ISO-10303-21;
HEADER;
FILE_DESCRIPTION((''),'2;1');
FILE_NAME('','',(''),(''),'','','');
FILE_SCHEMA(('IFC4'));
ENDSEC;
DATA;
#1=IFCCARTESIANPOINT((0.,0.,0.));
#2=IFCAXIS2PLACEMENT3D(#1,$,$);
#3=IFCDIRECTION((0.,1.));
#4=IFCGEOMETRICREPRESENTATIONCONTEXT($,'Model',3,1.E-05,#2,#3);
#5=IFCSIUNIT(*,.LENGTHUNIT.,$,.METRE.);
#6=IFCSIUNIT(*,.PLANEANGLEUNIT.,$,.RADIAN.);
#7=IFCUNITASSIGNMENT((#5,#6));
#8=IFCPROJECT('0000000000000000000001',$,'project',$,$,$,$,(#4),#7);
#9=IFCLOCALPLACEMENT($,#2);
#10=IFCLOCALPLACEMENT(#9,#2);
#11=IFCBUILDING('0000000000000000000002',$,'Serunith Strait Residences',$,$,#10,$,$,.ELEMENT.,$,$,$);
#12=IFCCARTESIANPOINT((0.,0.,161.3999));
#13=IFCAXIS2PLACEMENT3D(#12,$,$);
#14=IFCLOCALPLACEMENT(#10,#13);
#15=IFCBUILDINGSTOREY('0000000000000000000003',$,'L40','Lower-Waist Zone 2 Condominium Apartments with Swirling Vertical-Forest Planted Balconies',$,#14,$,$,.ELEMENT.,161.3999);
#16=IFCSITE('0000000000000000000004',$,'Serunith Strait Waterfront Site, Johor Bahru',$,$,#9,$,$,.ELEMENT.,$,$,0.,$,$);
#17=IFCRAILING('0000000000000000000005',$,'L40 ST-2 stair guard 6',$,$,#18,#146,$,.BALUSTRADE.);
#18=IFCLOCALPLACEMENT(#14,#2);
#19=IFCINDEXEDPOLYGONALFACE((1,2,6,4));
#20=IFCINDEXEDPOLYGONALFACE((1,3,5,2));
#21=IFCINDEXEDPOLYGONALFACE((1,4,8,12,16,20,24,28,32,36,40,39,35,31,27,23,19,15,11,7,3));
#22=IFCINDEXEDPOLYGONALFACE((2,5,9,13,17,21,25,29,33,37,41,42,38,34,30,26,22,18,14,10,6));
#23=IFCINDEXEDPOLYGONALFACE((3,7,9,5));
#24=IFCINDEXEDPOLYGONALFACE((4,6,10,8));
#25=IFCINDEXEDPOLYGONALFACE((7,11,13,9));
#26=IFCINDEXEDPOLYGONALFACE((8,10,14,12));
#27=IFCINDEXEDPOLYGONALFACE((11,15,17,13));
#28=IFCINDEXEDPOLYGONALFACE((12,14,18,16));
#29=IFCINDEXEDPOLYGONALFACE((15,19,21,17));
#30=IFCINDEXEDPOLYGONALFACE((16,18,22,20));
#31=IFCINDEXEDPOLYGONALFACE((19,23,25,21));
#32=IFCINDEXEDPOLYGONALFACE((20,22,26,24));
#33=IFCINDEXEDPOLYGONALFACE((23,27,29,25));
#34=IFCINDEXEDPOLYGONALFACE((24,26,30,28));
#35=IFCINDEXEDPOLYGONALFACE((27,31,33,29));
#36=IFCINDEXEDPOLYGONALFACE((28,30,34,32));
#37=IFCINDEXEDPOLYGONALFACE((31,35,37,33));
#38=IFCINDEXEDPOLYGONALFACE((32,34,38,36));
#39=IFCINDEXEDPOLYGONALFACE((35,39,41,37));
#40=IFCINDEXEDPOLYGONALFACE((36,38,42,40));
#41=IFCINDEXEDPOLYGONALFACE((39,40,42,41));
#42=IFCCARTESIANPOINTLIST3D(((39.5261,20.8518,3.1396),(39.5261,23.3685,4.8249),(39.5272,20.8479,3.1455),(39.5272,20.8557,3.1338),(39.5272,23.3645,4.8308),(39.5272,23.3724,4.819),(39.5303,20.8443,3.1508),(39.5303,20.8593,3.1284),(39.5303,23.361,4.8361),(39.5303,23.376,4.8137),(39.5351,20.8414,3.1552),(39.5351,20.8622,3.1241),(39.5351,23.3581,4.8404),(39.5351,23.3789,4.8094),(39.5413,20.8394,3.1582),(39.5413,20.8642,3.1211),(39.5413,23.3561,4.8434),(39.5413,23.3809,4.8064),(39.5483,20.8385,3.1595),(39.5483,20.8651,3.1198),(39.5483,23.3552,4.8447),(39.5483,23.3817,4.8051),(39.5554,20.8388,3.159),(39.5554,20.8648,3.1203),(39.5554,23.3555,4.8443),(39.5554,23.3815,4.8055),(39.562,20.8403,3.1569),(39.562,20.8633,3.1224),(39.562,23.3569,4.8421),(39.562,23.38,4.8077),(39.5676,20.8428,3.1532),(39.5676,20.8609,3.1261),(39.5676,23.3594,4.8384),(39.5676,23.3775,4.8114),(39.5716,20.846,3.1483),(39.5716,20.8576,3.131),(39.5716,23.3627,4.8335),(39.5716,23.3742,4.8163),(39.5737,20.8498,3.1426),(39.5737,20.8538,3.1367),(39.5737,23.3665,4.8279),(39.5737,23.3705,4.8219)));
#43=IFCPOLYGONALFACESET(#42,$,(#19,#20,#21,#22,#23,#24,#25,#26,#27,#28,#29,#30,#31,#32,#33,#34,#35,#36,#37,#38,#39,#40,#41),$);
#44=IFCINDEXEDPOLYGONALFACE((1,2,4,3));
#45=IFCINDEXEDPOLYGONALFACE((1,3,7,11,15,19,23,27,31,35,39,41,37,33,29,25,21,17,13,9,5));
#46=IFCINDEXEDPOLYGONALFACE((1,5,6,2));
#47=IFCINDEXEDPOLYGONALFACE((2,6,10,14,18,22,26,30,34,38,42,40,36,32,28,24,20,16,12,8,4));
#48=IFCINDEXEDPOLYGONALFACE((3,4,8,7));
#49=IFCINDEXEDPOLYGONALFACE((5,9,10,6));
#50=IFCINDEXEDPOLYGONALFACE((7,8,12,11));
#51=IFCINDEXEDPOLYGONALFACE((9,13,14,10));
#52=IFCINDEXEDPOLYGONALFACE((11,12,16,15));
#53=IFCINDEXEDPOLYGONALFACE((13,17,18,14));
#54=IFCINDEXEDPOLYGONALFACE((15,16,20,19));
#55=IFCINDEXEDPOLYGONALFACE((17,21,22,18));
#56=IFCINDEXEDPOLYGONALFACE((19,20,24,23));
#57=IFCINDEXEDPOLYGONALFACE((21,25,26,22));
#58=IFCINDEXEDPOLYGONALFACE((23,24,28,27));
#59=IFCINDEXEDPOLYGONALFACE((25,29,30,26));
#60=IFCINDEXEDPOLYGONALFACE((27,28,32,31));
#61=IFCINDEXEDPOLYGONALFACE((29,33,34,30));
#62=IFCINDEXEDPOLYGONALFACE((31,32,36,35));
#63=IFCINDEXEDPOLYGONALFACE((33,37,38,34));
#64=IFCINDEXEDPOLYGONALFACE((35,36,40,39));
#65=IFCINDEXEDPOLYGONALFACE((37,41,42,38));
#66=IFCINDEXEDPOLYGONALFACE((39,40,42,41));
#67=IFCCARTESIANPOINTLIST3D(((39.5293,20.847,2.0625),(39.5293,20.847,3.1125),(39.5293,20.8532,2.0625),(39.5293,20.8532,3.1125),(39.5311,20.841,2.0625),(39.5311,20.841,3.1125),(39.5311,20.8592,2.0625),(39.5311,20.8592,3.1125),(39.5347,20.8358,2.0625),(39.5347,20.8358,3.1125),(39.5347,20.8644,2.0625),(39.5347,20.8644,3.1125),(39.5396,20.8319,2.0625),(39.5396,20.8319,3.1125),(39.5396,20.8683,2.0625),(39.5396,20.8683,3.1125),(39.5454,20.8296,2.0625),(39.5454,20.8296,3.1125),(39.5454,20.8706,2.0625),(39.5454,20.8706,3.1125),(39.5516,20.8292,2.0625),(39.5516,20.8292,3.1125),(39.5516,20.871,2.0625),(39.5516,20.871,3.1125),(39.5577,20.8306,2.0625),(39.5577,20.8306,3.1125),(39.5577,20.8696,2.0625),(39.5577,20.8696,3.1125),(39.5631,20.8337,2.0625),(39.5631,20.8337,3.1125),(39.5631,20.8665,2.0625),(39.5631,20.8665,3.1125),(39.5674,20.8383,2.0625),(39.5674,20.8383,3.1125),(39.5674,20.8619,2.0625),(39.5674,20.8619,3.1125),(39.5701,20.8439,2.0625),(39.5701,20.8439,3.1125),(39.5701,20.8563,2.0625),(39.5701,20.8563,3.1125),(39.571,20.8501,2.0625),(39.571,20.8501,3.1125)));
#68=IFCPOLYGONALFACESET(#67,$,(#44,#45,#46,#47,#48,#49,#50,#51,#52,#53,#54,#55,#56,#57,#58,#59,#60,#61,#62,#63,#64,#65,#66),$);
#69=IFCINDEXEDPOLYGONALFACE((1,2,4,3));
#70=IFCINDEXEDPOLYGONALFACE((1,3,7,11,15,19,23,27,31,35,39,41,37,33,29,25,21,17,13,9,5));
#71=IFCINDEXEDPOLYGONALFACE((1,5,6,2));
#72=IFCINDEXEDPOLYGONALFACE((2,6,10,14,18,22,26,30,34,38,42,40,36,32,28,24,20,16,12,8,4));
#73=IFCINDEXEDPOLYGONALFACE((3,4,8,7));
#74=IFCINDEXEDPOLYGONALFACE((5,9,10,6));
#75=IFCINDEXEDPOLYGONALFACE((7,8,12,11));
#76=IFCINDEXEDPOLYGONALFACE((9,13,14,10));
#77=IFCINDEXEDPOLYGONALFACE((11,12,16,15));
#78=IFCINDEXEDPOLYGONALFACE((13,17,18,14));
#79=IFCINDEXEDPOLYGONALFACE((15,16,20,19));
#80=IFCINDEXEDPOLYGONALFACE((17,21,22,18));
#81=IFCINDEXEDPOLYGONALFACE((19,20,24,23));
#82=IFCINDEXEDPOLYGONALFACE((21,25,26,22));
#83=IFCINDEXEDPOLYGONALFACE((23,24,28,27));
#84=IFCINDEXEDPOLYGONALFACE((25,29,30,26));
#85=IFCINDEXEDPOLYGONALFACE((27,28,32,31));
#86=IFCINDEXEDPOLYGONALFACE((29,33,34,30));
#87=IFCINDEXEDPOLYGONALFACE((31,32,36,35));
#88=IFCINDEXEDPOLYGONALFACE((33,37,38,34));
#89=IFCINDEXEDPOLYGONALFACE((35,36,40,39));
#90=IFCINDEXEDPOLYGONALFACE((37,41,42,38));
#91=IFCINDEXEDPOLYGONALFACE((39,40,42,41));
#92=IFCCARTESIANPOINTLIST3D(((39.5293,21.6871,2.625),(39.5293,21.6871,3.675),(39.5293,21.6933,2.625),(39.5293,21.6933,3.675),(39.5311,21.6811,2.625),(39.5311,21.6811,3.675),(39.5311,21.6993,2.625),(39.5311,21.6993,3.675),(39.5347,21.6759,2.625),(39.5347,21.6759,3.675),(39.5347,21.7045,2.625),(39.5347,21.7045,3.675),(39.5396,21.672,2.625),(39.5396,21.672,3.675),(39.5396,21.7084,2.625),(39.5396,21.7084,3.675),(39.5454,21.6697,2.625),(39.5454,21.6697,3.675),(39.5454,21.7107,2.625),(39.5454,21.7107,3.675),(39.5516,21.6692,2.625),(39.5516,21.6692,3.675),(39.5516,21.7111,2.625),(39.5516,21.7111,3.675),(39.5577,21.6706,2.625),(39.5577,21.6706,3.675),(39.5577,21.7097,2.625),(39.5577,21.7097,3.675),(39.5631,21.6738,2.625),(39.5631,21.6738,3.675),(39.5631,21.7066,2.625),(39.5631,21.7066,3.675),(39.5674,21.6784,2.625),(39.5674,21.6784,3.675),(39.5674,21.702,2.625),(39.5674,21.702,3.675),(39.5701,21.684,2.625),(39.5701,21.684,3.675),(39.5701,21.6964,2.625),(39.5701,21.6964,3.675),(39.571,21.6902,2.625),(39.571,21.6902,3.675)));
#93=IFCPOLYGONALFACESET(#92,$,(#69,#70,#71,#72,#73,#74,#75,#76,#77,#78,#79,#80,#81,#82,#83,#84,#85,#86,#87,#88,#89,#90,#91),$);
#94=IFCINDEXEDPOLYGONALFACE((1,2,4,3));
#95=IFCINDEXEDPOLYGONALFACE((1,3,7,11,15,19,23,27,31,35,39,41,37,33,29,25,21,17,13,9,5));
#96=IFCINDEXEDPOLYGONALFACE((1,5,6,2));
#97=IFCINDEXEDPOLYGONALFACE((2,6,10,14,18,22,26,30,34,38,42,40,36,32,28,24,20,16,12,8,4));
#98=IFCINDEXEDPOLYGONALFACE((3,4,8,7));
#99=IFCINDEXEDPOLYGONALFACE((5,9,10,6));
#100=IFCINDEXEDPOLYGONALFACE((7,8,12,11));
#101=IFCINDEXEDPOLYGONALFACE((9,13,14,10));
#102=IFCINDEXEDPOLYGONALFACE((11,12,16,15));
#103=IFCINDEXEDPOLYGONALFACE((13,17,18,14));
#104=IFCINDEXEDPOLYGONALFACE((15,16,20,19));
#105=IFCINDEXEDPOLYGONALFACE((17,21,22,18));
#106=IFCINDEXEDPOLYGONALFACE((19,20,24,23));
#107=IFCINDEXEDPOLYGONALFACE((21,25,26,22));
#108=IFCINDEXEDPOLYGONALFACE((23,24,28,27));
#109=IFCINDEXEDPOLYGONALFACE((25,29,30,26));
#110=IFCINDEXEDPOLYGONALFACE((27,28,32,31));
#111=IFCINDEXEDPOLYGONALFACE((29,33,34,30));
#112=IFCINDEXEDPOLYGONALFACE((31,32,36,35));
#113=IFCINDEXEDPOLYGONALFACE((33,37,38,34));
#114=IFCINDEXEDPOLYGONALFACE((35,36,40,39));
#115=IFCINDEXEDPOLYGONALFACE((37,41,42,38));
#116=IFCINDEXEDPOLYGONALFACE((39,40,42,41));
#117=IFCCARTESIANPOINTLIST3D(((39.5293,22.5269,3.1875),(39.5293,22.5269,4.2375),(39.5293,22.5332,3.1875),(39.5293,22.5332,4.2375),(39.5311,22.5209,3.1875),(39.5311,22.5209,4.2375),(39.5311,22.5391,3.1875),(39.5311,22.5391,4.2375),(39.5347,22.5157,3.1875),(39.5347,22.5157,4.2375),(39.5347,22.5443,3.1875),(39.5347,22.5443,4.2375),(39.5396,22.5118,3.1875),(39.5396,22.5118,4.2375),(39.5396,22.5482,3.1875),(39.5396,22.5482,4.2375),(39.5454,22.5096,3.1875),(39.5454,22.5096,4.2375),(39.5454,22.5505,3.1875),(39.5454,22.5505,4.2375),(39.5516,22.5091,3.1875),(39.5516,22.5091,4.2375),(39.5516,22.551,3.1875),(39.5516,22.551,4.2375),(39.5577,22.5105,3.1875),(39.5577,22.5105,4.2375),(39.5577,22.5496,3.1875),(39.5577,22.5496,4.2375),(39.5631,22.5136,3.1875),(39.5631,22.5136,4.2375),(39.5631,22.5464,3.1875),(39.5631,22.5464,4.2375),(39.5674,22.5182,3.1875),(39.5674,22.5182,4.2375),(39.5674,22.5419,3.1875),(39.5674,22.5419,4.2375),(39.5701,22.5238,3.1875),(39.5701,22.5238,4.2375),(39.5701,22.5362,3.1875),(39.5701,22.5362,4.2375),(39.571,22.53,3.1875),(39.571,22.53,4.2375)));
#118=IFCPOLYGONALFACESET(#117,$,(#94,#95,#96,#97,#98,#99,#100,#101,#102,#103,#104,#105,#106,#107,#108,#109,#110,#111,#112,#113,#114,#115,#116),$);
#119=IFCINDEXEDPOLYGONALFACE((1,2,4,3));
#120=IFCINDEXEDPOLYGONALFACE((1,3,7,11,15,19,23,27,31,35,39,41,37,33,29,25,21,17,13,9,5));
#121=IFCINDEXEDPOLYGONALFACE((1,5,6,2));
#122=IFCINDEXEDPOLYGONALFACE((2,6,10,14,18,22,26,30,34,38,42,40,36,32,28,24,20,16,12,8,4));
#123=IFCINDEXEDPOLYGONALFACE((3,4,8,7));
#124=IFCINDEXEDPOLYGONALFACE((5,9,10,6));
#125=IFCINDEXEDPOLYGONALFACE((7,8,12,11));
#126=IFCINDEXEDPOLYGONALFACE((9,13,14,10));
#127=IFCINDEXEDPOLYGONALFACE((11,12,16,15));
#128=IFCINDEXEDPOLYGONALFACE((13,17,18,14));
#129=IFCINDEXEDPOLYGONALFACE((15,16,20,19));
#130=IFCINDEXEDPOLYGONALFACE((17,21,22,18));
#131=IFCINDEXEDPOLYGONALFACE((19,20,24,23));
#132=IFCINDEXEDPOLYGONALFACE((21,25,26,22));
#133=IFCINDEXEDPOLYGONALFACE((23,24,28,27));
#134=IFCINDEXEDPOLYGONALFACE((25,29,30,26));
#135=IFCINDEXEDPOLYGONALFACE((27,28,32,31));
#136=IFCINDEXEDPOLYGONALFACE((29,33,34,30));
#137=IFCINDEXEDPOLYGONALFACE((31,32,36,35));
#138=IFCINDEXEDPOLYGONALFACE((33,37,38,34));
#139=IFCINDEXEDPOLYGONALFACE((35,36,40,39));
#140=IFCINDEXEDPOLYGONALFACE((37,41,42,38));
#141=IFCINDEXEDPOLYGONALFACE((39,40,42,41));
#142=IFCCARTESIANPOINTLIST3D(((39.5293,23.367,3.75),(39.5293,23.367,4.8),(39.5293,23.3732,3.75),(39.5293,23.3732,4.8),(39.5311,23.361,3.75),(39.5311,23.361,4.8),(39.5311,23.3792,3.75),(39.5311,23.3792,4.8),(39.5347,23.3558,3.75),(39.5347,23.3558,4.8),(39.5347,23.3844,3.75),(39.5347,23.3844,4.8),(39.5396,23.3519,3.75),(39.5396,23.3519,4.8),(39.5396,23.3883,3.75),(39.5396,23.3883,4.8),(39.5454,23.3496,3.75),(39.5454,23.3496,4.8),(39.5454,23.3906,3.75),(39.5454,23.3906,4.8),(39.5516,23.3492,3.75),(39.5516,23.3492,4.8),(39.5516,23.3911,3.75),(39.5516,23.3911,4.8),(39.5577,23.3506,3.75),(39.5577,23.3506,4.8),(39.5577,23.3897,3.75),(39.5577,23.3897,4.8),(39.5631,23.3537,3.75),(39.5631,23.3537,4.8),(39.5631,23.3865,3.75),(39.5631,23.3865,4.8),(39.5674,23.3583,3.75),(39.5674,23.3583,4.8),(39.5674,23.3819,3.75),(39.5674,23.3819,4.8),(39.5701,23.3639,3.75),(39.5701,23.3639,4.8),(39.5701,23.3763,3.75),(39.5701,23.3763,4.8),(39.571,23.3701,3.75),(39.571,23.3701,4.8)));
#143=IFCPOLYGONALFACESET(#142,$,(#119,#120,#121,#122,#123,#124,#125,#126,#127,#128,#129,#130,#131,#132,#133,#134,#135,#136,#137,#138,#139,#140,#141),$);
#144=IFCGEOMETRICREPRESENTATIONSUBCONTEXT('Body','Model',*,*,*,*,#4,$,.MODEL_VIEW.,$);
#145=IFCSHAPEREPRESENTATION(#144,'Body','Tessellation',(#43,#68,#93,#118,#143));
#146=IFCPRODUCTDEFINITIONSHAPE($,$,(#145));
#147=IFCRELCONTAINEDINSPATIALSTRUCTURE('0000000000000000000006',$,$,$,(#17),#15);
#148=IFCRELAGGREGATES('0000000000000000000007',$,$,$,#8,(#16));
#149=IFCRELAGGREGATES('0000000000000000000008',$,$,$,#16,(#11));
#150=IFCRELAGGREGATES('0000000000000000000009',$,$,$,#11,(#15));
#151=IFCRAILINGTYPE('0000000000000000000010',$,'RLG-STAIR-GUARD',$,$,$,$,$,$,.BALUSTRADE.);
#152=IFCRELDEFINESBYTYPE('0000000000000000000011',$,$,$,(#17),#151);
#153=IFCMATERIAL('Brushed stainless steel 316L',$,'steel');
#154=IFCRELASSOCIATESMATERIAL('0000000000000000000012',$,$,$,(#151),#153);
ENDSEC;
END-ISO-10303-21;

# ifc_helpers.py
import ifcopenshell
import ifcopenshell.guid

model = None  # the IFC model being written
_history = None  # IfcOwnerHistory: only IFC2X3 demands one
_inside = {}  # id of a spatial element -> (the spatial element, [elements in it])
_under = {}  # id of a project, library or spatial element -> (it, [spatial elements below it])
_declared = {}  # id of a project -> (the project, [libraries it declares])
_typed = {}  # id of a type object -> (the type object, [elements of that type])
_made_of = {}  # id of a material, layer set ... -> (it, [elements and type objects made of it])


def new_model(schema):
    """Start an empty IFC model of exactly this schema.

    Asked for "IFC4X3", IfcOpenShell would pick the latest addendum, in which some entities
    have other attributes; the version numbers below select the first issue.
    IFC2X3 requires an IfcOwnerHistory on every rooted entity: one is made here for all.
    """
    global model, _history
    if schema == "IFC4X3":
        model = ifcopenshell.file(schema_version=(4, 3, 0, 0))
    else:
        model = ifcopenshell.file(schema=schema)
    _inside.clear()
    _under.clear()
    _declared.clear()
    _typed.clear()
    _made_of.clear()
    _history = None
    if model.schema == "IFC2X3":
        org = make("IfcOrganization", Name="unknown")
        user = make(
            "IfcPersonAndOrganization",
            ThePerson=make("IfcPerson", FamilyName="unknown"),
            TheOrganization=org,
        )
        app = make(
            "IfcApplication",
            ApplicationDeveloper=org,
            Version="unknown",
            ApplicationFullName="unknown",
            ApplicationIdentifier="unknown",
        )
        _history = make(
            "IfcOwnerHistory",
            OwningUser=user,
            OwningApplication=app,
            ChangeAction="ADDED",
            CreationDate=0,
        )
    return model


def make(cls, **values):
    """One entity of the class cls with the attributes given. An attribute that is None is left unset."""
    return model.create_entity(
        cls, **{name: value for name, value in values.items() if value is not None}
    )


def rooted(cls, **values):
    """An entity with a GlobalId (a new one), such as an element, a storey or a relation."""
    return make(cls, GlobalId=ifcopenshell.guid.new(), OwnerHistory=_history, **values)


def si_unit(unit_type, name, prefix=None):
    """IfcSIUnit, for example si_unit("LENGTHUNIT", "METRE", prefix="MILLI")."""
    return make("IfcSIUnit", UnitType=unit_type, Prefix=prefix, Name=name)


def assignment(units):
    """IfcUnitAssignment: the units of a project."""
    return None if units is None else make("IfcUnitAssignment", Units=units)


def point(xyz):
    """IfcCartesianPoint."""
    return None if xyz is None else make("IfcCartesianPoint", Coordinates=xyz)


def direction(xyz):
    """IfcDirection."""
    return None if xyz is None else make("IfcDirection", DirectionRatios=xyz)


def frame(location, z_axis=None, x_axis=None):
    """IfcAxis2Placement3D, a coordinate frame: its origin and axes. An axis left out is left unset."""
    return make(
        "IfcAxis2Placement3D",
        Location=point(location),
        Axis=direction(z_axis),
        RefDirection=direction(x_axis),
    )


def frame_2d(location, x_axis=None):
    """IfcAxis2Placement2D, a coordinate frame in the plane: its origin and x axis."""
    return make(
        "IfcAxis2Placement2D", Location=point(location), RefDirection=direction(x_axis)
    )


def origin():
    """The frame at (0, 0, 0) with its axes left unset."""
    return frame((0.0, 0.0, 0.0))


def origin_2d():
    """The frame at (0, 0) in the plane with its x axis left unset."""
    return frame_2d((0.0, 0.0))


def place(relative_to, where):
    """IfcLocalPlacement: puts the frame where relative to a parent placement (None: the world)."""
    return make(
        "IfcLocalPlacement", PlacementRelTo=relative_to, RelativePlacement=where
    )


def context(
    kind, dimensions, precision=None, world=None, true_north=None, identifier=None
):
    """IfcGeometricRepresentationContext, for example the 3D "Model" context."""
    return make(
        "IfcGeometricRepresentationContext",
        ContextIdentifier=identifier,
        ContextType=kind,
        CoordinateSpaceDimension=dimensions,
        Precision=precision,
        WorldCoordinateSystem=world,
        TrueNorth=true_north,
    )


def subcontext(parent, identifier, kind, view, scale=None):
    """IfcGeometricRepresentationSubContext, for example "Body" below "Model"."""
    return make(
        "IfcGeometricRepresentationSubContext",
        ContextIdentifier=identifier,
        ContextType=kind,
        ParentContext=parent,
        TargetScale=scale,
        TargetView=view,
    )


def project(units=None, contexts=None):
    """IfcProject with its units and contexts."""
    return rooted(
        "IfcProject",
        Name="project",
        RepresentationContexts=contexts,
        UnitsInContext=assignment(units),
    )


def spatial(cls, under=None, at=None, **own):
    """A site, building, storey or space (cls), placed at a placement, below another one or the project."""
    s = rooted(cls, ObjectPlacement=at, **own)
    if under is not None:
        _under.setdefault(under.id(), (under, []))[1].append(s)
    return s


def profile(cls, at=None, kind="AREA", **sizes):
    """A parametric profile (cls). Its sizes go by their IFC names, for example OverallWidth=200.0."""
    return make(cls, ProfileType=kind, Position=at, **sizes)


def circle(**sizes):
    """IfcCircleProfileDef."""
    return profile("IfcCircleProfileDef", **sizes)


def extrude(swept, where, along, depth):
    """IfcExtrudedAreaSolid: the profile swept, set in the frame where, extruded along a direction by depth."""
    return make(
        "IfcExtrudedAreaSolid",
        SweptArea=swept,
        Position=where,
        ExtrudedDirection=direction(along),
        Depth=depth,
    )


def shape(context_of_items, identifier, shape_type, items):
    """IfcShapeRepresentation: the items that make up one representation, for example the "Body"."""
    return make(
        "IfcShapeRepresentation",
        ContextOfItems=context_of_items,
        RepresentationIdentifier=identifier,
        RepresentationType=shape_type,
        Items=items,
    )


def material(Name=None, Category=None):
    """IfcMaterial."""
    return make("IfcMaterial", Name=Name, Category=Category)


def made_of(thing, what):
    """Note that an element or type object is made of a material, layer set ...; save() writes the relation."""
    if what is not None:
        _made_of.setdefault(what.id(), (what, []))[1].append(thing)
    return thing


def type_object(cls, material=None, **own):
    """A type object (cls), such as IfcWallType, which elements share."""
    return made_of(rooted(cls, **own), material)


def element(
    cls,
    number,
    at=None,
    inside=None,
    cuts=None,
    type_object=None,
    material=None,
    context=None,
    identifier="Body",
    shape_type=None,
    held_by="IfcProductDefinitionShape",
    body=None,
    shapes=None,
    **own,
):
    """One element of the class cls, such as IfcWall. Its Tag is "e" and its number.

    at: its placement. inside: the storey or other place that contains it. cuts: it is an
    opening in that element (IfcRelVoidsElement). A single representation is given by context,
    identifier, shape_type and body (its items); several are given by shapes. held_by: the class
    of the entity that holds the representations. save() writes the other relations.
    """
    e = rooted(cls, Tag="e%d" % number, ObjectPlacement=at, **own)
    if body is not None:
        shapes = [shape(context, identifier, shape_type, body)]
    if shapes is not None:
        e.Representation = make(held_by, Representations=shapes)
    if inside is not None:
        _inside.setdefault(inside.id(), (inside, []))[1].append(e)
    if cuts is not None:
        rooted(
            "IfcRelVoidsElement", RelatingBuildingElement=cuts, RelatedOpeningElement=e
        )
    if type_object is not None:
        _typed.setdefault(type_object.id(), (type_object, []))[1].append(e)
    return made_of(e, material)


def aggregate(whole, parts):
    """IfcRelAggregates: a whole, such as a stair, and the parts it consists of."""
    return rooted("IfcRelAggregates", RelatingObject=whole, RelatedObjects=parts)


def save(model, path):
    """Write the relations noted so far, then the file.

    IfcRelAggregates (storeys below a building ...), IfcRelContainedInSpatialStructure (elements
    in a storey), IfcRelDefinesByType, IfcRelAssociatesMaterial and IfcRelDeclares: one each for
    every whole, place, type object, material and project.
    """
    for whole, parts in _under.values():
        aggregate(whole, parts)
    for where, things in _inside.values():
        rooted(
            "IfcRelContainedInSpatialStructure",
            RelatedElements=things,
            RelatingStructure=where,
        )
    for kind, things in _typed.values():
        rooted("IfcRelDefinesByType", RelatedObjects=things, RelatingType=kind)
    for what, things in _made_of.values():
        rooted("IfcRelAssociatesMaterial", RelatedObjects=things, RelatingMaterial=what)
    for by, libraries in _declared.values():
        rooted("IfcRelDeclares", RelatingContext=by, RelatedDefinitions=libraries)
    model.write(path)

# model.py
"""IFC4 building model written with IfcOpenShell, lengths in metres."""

from ifc_helpers import new_model, si_unit, direction, frame, origin, origin_2d, place, context, subcontext, project, spatial, circle, extrude, material, type_object, element, save


model = new_model("IFC4")

# Units and contexts
model_context = context("Model", 3, precision=1e-05, world=origin(), true_north=direction((0.0, 1.0)))
body_context = subcontext(model_context, "Body", "Model", "MODEL_VIEW")
ifc_project = project(units=[si_unit("LENGTHUNIT", "METRE"), si_unit("PLANEANGLEUNIT", "RADIAN")], contexts=[model_context])

# Site, building, storey
site_placement = place(None, origin())
site = spatial("IfcSite", under=ifc_project, at=site_placement, Name="Serunith Strait Waterfront Site, Johor Bahru", CompositionType="ELEMENT", RefElevation=0.0)
building_placement = place(site_placement, origin())
building = spatial("IfcBuilding", under=site, at=building_placement, Name="Serunith Strait Residences", CompositionType="ELEMENT")
storey_placement = place(building_placement, frame((0.0, 0.0, 161.3999)))
storey = spatial("IfcBuildingStorey", under=building, at=storey_placement, Name="L40", Description="Lower-Waist Zone 2 Condominium Apartments with Swirling Vertical-Forest Planted Balconies", CompositionType="ELEMENT", Elevation=161.3999)

# Railing
ifc_material_1 = material(Name="Brushed stainless steel 316L", Category="steel")
railing_type_1 = type_object("IfcRailingType", Name="RLG-STAIR-GUARD", PredefinedType="BALUSTRADE", material=ifc_material_1)
railing_1_placement = place(storey_placement, frame((39.55, 20.8501, 2.0625)))
element("IfcRailing", 1, at=railing_1_placement, inside=storey, type_object=railing_type_1, Name="L40 ST-2 stair guard 6", PredefinedType="BALUSTRADE", context=body_context, shape_type="SweptSolid", body=[
    extrude(circle(Radius=0.0239, at=origin_2d()), frame((0.0, 0.0017, 1.0771), z_axis=(0.0, 0.830909, 0.556408), x_axis=(-1.0, 0.0, 0.0)), (0.0, 0.0, 1.0), 3.0288),
    extrude(circle(Radius=0.021, at=origin_2d()), origin(), (0.0, 0.0, 1.0), 1.05),
    extrude(circle(Radius=0.021, at=origin_2d()), frame((0.0, 0.8401, 0.5625)), (0.0, 0.0, 1.0), 1.05),
    extrude(circle(Radius=0.021, at=origin_2d()), frame((0.0, 1.6799, 1.125)), (0.0, 0.0, 1.0), 1.05),
    extrude(circle(Radius=0.021, at=origin_2d()), frame((0.0, 2.52, 1.6875)), (0.0, 0.0, 1.0), 1.05),
])

save(model, "model.ifc")
